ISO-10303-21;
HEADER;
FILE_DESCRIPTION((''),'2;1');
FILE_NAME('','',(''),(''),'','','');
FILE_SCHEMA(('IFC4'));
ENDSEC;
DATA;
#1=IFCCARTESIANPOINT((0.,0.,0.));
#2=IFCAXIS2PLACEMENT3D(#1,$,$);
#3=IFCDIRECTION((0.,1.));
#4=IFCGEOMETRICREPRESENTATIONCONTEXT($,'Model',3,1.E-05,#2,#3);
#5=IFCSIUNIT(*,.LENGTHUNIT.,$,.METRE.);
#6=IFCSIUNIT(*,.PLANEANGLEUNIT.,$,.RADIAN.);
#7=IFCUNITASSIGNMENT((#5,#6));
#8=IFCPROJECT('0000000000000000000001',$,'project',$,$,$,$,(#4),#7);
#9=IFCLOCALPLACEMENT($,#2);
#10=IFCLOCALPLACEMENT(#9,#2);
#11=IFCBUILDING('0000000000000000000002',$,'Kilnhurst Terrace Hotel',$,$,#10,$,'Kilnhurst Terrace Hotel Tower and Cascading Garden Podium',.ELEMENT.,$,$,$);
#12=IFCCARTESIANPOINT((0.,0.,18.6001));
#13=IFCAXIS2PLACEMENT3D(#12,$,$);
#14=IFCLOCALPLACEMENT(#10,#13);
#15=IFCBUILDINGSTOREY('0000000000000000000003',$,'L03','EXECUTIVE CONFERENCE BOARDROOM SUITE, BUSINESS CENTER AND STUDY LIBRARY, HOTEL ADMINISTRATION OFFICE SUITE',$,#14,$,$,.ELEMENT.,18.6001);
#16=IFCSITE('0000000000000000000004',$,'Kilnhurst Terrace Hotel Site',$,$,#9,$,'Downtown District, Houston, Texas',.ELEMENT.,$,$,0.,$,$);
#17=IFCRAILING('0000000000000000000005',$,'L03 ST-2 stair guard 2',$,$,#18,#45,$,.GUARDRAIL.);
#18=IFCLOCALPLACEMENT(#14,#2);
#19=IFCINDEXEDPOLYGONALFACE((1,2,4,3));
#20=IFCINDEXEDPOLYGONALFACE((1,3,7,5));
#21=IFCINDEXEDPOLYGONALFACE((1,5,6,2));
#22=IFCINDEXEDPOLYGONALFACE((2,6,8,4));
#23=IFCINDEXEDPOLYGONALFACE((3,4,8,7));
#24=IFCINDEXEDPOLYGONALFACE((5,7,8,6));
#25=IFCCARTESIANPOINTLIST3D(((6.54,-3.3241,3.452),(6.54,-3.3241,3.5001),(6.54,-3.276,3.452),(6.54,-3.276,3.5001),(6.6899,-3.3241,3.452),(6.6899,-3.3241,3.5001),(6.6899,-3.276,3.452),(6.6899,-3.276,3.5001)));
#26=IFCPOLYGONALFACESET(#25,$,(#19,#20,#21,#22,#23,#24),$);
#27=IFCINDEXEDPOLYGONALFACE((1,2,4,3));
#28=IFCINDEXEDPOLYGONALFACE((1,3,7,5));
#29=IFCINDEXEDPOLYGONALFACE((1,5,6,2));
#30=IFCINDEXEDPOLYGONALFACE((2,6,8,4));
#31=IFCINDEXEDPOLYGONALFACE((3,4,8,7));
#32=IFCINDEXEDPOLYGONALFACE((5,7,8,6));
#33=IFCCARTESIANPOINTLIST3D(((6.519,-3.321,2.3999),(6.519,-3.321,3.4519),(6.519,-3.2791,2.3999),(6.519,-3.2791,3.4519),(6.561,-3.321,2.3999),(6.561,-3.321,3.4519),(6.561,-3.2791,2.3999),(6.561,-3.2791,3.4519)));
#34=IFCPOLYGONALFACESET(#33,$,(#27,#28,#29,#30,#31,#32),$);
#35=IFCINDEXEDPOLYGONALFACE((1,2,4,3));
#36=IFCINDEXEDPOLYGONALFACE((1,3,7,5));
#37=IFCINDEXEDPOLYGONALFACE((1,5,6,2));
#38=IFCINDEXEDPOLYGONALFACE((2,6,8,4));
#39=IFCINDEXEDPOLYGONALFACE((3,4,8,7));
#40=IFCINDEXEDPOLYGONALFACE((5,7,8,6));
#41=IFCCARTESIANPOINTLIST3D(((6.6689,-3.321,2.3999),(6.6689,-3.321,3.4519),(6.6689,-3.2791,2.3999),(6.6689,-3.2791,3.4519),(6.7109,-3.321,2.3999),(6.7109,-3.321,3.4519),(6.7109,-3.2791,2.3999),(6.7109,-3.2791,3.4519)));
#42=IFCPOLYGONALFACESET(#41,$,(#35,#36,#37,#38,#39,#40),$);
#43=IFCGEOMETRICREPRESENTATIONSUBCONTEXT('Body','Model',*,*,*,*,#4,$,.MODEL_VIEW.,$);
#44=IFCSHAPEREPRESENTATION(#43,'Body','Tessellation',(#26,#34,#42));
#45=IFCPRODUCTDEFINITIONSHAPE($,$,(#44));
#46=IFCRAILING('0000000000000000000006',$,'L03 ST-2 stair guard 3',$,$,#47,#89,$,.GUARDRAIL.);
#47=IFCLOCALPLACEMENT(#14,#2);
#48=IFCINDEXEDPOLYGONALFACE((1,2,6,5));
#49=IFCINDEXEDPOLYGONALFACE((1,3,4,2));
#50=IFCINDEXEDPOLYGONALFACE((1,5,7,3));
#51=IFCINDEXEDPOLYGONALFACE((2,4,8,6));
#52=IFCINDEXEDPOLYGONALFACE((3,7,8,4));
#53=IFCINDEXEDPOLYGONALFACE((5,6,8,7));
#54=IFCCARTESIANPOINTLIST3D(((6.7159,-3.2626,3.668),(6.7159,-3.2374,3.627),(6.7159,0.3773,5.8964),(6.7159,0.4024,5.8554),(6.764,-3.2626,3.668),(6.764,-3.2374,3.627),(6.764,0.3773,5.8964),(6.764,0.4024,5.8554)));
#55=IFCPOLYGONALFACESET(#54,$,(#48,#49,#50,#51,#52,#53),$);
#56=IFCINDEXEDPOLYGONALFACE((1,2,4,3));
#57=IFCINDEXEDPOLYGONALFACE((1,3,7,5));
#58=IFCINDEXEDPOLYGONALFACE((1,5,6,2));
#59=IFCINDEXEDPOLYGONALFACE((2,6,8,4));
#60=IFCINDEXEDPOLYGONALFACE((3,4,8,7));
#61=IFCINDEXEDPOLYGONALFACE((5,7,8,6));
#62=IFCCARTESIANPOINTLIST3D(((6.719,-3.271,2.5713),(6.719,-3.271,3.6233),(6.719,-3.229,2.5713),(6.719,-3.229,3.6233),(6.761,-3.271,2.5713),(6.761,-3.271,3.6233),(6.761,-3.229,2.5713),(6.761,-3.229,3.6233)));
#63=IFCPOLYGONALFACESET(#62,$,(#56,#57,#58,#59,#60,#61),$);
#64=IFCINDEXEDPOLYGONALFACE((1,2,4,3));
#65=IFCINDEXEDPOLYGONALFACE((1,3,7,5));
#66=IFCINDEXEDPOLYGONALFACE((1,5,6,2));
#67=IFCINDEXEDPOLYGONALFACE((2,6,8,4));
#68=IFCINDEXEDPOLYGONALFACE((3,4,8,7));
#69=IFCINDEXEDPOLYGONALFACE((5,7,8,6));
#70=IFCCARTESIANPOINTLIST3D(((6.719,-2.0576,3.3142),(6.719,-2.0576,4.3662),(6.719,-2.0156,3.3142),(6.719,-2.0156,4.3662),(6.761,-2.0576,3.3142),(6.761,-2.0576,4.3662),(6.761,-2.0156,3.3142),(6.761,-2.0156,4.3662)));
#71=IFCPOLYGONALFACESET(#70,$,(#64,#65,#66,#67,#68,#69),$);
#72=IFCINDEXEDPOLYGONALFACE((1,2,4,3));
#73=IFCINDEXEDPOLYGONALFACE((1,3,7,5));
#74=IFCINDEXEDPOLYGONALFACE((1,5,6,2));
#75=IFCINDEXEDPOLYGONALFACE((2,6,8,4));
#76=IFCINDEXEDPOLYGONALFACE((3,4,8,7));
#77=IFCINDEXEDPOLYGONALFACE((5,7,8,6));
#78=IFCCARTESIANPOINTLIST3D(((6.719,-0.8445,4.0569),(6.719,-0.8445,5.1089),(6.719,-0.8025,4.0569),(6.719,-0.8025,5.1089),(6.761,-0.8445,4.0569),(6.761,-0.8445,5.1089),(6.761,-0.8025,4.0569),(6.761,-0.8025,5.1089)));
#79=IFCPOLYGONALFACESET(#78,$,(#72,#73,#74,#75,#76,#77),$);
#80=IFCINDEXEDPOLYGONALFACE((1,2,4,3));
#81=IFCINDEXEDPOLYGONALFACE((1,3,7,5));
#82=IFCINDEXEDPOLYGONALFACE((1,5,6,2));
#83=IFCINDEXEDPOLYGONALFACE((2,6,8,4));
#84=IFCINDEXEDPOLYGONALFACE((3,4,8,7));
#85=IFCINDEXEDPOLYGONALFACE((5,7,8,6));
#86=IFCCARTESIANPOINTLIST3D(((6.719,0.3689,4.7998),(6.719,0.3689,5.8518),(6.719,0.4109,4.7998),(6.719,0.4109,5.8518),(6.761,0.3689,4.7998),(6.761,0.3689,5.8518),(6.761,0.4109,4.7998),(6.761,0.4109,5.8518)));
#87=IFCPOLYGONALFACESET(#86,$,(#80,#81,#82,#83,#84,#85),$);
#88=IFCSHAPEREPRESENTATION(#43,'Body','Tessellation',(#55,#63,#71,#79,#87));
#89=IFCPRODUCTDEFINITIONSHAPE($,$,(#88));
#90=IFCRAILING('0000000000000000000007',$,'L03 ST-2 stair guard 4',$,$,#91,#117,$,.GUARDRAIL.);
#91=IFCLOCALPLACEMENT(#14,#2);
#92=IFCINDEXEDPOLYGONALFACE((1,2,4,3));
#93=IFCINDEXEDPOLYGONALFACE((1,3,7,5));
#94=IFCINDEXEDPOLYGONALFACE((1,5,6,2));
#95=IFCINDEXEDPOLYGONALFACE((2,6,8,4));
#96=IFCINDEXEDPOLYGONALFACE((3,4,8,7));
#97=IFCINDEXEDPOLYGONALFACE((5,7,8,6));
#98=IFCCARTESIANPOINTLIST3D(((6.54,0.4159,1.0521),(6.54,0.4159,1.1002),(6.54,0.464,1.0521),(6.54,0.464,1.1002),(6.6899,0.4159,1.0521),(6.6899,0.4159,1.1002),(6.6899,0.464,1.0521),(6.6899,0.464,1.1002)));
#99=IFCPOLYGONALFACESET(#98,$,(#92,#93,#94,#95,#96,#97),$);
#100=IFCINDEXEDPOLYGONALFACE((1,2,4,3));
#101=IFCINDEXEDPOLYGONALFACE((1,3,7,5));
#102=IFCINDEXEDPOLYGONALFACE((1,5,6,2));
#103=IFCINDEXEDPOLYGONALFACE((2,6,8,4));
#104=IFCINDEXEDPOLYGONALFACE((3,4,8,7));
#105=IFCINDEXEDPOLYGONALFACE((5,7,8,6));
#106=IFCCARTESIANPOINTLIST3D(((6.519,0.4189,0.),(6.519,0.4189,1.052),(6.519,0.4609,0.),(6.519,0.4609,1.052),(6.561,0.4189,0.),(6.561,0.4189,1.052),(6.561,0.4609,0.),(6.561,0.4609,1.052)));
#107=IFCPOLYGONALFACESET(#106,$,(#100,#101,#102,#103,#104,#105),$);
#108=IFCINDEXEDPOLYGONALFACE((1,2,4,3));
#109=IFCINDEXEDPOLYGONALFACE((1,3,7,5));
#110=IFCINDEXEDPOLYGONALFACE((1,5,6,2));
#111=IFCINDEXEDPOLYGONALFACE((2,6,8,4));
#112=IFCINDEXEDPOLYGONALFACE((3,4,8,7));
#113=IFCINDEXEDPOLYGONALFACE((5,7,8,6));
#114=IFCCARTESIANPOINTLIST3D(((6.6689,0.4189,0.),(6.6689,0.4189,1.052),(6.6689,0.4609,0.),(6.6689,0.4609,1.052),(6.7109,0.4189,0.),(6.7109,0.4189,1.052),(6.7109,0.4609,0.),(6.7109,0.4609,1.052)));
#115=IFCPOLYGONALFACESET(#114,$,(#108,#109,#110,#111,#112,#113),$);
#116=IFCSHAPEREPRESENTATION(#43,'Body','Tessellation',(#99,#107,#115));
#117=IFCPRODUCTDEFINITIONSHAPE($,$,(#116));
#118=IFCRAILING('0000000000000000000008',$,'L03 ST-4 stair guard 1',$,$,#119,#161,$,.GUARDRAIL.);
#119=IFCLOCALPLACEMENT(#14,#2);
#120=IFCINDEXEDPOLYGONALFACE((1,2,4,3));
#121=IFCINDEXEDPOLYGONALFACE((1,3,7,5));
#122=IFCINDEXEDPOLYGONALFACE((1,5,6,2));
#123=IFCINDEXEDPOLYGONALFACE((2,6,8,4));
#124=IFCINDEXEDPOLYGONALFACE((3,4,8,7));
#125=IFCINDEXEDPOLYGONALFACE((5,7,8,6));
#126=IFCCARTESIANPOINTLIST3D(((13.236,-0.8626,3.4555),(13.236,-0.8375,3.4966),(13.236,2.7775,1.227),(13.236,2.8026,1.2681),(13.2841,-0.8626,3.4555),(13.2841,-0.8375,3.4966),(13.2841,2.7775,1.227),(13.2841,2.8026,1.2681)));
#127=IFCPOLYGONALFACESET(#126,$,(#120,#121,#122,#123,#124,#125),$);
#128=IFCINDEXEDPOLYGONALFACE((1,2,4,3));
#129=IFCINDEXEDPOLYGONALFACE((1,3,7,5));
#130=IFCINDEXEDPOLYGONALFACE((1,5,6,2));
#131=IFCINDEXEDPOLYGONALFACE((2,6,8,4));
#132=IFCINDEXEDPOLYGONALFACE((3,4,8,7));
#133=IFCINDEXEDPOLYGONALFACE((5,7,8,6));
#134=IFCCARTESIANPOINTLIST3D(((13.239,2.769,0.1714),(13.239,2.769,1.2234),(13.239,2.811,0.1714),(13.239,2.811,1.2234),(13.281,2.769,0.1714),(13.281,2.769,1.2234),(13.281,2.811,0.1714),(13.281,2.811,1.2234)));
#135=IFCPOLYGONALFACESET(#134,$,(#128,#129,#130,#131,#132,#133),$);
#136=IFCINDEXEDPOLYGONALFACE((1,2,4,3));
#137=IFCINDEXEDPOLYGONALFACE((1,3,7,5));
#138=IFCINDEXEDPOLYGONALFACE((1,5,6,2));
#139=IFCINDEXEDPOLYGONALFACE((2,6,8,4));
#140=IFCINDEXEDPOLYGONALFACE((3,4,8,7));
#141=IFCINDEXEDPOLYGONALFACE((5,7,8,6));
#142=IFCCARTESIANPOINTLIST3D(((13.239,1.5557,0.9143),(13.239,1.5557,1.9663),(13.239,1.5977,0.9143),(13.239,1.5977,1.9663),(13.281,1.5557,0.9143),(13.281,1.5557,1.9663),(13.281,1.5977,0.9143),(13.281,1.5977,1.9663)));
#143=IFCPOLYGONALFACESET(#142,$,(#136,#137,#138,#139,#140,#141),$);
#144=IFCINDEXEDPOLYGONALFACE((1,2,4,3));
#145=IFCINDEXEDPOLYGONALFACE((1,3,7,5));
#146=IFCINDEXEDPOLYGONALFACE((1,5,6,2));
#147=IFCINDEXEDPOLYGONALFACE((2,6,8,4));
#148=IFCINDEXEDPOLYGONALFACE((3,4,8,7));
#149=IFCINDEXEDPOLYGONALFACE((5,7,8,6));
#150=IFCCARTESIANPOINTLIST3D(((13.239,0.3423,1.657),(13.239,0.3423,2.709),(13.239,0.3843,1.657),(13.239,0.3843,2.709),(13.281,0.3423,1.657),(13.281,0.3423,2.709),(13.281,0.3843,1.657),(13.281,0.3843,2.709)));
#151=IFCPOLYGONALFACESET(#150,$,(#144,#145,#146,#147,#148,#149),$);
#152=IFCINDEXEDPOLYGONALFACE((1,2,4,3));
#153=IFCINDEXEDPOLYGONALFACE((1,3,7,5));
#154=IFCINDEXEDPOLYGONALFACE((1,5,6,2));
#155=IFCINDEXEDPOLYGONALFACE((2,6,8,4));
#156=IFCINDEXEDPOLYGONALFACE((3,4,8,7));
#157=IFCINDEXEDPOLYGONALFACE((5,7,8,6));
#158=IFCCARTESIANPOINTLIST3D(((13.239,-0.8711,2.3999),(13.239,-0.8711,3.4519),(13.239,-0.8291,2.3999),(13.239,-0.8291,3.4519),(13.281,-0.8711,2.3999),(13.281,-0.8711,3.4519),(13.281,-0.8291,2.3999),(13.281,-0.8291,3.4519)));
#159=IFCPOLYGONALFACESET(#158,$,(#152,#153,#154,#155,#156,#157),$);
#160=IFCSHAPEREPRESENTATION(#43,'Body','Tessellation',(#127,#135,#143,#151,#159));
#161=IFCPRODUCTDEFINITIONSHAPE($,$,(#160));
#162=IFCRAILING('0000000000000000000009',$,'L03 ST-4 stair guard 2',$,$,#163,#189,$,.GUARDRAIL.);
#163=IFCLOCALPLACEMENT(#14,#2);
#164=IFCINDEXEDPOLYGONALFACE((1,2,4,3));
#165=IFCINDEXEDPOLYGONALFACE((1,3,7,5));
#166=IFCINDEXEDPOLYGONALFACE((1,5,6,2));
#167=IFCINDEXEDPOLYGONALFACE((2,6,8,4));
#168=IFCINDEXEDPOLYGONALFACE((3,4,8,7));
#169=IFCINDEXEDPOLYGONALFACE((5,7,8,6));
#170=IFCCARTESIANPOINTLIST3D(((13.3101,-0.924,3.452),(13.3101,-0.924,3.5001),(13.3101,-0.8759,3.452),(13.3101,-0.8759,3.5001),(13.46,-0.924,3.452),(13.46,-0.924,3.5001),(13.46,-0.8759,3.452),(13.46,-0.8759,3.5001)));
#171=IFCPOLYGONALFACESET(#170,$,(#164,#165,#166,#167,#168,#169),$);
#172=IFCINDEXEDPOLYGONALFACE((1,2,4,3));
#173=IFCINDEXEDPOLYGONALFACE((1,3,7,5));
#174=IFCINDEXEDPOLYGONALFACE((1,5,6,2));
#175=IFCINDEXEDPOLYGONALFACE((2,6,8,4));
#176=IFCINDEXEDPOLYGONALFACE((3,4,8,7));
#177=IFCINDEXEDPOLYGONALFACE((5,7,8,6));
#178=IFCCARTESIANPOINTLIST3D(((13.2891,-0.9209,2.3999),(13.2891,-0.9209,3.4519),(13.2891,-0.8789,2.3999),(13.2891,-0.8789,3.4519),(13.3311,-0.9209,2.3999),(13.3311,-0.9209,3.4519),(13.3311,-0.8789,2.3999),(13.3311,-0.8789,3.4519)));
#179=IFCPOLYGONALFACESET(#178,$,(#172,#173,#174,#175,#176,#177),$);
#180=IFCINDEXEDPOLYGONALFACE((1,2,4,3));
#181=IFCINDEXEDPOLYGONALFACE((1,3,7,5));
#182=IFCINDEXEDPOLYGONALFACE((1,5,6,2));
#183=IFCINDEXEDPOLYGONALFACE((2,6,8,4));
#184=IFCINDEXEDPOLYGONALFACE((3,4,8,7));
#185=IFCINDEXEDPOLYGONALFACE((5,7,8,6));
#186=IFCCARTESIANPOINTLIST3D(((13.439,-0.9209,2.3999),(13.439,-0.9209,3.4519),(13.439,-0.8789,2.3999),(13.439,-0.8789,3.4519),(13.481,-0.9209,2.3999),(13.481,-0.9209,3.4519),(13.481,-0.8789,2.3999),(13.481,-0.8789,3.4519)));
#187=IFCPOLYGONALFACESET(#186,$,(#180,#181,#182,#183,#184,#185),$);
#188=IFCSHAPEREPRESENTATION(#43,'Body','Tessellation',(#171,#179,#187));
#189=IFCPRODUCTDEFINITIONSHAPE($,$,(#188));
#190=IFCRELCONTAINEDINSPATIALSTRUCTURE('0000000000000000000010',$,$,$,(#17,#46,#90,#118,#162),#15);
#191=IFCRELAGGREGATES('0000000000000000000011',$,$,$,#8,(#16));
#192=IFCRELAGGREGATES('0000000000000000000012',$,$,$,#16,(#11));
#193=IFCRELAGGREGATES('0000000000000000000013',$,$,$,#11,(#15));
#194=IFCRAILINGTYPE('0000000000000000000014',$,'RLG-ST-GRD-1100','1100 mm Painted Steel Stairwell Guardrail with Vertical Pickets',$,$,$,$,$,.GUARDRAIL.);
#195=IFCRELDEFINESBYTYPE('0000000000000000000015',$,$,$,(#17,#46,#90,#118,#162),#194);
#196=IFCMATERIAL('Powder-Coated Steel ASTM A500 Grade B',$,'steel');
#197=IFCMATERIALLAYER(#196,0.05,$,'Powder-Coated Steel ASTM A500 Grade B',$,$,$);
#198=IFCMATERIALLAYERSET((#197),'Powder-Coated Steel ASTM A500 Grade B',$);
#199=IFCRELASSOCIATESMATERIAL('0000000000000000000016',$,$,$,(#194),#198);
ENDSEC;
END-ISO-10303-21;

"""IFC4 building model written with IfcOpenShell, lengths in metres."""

from ifc_helpers import new_model, si_unit, direction, frame, origin, origin_2d, place, context, subcontext, project, spatial, rectangle, extrude, material, layer, layer_set, type_object, element, save


model = new_model("IFC4")

# Units and contexts
model_context = context("Model", 3, precision=1e-05, world=origin(), true_north=direction((0.0, 1.0)))
body_context = subcontext(model_context, "Body", "Model", "MODEL_VIEW")
ifc_project = project(units=[si_unit("LENGTHUNIT", "METRE"), si_unit("PLANEANGLEUNIT", "RADIAN")], contexts=[model_context])

# Site, building, storey
site_placement = place(None, origin())
site = spatial("IfcSite", under=ifc_project, at=site_placement, Name="Kilnhurst Terrace Hotel Site", LongName="Downtown District, Houston, Texas", CompositionType="ELEMENT", RefElevation=0.0)
building_placement = place(site_placement, origin())
building = spatial("IfcBuilding", under=site, at=building_placement, Name="Kilnhurst Terrace Hotel", LongName="Kilnhurst Terrace Hotel Tower and Cascading Garden Podium", CompositionType="ELEMENT")
storey_placement = place(building_placement, frame((0.0, 0.0, 18.6001)))
storey = spatial("IfcBuildingStorey", under=building, at=storey_placement, Name="L03", Description="EXECUTIVE CONFERENCE BOARDROOM SUITE, BUSINESS CENTER AND STUDY LIBRARY, HOTEL ADMINISTRATION OFFICE SUITE", CompositionType="ELEMENT", Elevation=18.6001)

# Railings
ifc_material_1 = material(Name="Powder-Coated Steel ASTM A500 Grade B", Category="steel")
ifc_layer_1 = layer(ifc_material_1, 0.05, Name="Powder-Coated Steel ASTM A500 Grade B")
ifc_layer_set_1 = layer_set([ifc_layer_1], Name="Powder-Coated Steel ASTM A500 Grade B")
railing_type_1 = type_object("IfcRailingType", Name="RLG-ST-GRD-1100", Description="1100 mm Painted Steel Stairwell Guardrail with Vertical Pickets", PredefinedType="GUARDRAIL", material=ifc_layer_set_1)
railing_1_placement = place(storey_placement, frame((6.54, -3.3, 2.3999)))
element("IfcRailing", 1, at=railing_1_placement, inside=storey, type_object=railing_type_1, Name="L03 ST-2 stair guard 2", PredefinedType="GUARDRAIL", context=body_context, shape_type="SweptSolid", body=[
    extrude(rectangle(XDim=0.0481, YDim=0.0481, at=origin_2d()), frame((0.0, 0.0, 1.0762), z_axis=(1.0, 0.0, 0.0), x_axis=(0.0, 1.0, 0.0)), (0.0, 0.0, 1.0), 0.1499),
    extrude(rectangle(XDim=0.042, YDim=0.042, at=origin_2d()), origin(), (0.0, 0.0, 1.0), 1.052),
    extrude(rectangle(XDim=0.042, YDim=0.042, at=origin_2d()), frame((0.1499, 0.0, 0.0)), (0.0, 0.0, 1.0), 1.052),
])
railing_2_placement = place(storey_placement, frame((6.74, -3.25, 2.5713)))
element("IfcRailing", 2, at=railing_2_placement, inside=storey, type_object=railing_type_1, Name="L03 ST-2 stair guard 3", PredefinedType="GUARDRAIL", context=body_context, shape_type="SweptSolid", body=[
    extrude(rectangle(XDim=0.0481, YDim=0.0481, at=origin_2d()), frame((0.0, 0.0, 1.0762), z_axis=(0.0, 0.85285, 0.522156), x_axis=(-1.0, 0.0, 0.0)), (0.0, 0.0, 1.0), 4.2678),
    extrude(rectangle(XDim=0.042, YDim=0.042, at=origin_2d()), origin(), (0.0, 0.0, 1.0), 1.052),
    extrude(rectangle(XDim=0.042, YDim=0.042, at=origin_2d()), frame((0.0, 1.2134, 0.7429)), (0.0, 0.0, 1.0), 1.052),
    extrude(rectangle(XDim=0.042, YDim=0.042, at=origin_2d()), frame((0.0, 2.4265, 1.4856)), (0.0, 0.0, 1.0), 1.052),
    extrude(rectangle(XDim=0.042, YDim=0.042, at=origin_2d()), frame((0.0, 3.6399, 2.2285)), (0.0, 0.0, 1.0), 1.052),
])
railing_3_placement = place(storey_placement, frame((6.54, 0.4399, 0.0)))
element("IfcRailing", 3, at=railing_3_placement, inside=storey, type_object=railing_type_1, Name="L03 ST-2 stair guard 4", PredefinedType="GUARDRAIL", context=body_context, shape_type="SweptSolid", body=[
    extrude(rectangle(XDim=0.0481, YDim=0.0481, at=origin_2d()), frame((0.0, 0.0, 1.0762), z_axis=(1.0, 0.0, 0.0), x_axis=(0.0, 1.0, 0.0)), (0.0, 0.0, 1.0), 0.1499),
    extrude(rectangle(XDim=0.042, YDim=0.042, at=origin_2d()), origin(), (0.0, 0.0, 1.0), 1.052),
    extrude(rectangle(XDim=0.042, YDim=0.042, at=origin_2d()), frame((0.1499, 0.0, 0.0)), (0.0, 0.0, 1.0), 1.052),
])
railing_4_placement = place(storey_placement, frame((13.26, 2.79, 0.1714)))
element("IfcRailing", 4, at=railing_4_placement, inside=storey, type_object=railing_type_1, Name="L03 ST-4 stair guard 1", PredefinedType="GUARDRAIL", context=body_context, shape_type="SweptSolid", body=[
    extrude(rectangle(XDim=0.0481, YDim=0.0481, at=origin_2d()), frame((0.0, 0.0, 1.0762), z_axis=(0.0, -0.852866, 0.52213), x_axis=(1.0, 0.0, 0.0)), (0.0, 0.0, 1.0), 4.2681),
    extrude(rectangle(XDim=0.042, YDim=0.042, at=origin_2d()), origin(), (0.0, 0.0, 1.0), 1.052),
    extrude(rectangle(XDim=0.042, YDim=0.042, at=origin_2d()), frame((0.0, -1.2134, 0.7429)), (0.0, 0.0, 1.0), 1.052),
    extrude(rectangle(XDim=0.042, YDim=0.042, at=origin_2d()), frame((0.0, -2.4268, 1.4856)), (0.0, 0.0, 1.0), 1.052),
    extrude(rectangle(XDim=0.042, YDim=0.042, at=origin_2d()), frame((0.0, -3.6401, 2.2285)), (0.0, 0.0, 1.0), 1.052),
])
railing_5_placement = place(storey_placement, frame((13.3101, -0.8999, 2.3999)))
element("IfcRailing", 5, at=railing_5_placement, inside=storey, type_object=railing_type_1, Name="L03 ST-4 stair guard 2", PredefinedType="GUARDRAIL", context=body_context, shape_type="SweptSolid", body=[
    extrude(rectangle(XDim=0.0481, YDim=0.0481, at=origin_2d()), frame((0.0, 0.0, 1.0762), z_axis=(1.0, 0.0, 0.0), x_axis=(0.0, 1.0, 0.0)), (0.0, 0.0, 1.0), 0.1499),
    extrude(rectangle(XDim=0.042, YDim=0.042, at=origin_2d()), origin(), (0.0, 0.0, 1.0), 1.052),
    extrude(rectangle(XDim=0.042, YDim=0.042, at=origin_2d()), frame((0.1499, 0.0, 0.0)), (0.0, 0.0, 1.0), 1.052),
])

save(model, "model.ifc")
